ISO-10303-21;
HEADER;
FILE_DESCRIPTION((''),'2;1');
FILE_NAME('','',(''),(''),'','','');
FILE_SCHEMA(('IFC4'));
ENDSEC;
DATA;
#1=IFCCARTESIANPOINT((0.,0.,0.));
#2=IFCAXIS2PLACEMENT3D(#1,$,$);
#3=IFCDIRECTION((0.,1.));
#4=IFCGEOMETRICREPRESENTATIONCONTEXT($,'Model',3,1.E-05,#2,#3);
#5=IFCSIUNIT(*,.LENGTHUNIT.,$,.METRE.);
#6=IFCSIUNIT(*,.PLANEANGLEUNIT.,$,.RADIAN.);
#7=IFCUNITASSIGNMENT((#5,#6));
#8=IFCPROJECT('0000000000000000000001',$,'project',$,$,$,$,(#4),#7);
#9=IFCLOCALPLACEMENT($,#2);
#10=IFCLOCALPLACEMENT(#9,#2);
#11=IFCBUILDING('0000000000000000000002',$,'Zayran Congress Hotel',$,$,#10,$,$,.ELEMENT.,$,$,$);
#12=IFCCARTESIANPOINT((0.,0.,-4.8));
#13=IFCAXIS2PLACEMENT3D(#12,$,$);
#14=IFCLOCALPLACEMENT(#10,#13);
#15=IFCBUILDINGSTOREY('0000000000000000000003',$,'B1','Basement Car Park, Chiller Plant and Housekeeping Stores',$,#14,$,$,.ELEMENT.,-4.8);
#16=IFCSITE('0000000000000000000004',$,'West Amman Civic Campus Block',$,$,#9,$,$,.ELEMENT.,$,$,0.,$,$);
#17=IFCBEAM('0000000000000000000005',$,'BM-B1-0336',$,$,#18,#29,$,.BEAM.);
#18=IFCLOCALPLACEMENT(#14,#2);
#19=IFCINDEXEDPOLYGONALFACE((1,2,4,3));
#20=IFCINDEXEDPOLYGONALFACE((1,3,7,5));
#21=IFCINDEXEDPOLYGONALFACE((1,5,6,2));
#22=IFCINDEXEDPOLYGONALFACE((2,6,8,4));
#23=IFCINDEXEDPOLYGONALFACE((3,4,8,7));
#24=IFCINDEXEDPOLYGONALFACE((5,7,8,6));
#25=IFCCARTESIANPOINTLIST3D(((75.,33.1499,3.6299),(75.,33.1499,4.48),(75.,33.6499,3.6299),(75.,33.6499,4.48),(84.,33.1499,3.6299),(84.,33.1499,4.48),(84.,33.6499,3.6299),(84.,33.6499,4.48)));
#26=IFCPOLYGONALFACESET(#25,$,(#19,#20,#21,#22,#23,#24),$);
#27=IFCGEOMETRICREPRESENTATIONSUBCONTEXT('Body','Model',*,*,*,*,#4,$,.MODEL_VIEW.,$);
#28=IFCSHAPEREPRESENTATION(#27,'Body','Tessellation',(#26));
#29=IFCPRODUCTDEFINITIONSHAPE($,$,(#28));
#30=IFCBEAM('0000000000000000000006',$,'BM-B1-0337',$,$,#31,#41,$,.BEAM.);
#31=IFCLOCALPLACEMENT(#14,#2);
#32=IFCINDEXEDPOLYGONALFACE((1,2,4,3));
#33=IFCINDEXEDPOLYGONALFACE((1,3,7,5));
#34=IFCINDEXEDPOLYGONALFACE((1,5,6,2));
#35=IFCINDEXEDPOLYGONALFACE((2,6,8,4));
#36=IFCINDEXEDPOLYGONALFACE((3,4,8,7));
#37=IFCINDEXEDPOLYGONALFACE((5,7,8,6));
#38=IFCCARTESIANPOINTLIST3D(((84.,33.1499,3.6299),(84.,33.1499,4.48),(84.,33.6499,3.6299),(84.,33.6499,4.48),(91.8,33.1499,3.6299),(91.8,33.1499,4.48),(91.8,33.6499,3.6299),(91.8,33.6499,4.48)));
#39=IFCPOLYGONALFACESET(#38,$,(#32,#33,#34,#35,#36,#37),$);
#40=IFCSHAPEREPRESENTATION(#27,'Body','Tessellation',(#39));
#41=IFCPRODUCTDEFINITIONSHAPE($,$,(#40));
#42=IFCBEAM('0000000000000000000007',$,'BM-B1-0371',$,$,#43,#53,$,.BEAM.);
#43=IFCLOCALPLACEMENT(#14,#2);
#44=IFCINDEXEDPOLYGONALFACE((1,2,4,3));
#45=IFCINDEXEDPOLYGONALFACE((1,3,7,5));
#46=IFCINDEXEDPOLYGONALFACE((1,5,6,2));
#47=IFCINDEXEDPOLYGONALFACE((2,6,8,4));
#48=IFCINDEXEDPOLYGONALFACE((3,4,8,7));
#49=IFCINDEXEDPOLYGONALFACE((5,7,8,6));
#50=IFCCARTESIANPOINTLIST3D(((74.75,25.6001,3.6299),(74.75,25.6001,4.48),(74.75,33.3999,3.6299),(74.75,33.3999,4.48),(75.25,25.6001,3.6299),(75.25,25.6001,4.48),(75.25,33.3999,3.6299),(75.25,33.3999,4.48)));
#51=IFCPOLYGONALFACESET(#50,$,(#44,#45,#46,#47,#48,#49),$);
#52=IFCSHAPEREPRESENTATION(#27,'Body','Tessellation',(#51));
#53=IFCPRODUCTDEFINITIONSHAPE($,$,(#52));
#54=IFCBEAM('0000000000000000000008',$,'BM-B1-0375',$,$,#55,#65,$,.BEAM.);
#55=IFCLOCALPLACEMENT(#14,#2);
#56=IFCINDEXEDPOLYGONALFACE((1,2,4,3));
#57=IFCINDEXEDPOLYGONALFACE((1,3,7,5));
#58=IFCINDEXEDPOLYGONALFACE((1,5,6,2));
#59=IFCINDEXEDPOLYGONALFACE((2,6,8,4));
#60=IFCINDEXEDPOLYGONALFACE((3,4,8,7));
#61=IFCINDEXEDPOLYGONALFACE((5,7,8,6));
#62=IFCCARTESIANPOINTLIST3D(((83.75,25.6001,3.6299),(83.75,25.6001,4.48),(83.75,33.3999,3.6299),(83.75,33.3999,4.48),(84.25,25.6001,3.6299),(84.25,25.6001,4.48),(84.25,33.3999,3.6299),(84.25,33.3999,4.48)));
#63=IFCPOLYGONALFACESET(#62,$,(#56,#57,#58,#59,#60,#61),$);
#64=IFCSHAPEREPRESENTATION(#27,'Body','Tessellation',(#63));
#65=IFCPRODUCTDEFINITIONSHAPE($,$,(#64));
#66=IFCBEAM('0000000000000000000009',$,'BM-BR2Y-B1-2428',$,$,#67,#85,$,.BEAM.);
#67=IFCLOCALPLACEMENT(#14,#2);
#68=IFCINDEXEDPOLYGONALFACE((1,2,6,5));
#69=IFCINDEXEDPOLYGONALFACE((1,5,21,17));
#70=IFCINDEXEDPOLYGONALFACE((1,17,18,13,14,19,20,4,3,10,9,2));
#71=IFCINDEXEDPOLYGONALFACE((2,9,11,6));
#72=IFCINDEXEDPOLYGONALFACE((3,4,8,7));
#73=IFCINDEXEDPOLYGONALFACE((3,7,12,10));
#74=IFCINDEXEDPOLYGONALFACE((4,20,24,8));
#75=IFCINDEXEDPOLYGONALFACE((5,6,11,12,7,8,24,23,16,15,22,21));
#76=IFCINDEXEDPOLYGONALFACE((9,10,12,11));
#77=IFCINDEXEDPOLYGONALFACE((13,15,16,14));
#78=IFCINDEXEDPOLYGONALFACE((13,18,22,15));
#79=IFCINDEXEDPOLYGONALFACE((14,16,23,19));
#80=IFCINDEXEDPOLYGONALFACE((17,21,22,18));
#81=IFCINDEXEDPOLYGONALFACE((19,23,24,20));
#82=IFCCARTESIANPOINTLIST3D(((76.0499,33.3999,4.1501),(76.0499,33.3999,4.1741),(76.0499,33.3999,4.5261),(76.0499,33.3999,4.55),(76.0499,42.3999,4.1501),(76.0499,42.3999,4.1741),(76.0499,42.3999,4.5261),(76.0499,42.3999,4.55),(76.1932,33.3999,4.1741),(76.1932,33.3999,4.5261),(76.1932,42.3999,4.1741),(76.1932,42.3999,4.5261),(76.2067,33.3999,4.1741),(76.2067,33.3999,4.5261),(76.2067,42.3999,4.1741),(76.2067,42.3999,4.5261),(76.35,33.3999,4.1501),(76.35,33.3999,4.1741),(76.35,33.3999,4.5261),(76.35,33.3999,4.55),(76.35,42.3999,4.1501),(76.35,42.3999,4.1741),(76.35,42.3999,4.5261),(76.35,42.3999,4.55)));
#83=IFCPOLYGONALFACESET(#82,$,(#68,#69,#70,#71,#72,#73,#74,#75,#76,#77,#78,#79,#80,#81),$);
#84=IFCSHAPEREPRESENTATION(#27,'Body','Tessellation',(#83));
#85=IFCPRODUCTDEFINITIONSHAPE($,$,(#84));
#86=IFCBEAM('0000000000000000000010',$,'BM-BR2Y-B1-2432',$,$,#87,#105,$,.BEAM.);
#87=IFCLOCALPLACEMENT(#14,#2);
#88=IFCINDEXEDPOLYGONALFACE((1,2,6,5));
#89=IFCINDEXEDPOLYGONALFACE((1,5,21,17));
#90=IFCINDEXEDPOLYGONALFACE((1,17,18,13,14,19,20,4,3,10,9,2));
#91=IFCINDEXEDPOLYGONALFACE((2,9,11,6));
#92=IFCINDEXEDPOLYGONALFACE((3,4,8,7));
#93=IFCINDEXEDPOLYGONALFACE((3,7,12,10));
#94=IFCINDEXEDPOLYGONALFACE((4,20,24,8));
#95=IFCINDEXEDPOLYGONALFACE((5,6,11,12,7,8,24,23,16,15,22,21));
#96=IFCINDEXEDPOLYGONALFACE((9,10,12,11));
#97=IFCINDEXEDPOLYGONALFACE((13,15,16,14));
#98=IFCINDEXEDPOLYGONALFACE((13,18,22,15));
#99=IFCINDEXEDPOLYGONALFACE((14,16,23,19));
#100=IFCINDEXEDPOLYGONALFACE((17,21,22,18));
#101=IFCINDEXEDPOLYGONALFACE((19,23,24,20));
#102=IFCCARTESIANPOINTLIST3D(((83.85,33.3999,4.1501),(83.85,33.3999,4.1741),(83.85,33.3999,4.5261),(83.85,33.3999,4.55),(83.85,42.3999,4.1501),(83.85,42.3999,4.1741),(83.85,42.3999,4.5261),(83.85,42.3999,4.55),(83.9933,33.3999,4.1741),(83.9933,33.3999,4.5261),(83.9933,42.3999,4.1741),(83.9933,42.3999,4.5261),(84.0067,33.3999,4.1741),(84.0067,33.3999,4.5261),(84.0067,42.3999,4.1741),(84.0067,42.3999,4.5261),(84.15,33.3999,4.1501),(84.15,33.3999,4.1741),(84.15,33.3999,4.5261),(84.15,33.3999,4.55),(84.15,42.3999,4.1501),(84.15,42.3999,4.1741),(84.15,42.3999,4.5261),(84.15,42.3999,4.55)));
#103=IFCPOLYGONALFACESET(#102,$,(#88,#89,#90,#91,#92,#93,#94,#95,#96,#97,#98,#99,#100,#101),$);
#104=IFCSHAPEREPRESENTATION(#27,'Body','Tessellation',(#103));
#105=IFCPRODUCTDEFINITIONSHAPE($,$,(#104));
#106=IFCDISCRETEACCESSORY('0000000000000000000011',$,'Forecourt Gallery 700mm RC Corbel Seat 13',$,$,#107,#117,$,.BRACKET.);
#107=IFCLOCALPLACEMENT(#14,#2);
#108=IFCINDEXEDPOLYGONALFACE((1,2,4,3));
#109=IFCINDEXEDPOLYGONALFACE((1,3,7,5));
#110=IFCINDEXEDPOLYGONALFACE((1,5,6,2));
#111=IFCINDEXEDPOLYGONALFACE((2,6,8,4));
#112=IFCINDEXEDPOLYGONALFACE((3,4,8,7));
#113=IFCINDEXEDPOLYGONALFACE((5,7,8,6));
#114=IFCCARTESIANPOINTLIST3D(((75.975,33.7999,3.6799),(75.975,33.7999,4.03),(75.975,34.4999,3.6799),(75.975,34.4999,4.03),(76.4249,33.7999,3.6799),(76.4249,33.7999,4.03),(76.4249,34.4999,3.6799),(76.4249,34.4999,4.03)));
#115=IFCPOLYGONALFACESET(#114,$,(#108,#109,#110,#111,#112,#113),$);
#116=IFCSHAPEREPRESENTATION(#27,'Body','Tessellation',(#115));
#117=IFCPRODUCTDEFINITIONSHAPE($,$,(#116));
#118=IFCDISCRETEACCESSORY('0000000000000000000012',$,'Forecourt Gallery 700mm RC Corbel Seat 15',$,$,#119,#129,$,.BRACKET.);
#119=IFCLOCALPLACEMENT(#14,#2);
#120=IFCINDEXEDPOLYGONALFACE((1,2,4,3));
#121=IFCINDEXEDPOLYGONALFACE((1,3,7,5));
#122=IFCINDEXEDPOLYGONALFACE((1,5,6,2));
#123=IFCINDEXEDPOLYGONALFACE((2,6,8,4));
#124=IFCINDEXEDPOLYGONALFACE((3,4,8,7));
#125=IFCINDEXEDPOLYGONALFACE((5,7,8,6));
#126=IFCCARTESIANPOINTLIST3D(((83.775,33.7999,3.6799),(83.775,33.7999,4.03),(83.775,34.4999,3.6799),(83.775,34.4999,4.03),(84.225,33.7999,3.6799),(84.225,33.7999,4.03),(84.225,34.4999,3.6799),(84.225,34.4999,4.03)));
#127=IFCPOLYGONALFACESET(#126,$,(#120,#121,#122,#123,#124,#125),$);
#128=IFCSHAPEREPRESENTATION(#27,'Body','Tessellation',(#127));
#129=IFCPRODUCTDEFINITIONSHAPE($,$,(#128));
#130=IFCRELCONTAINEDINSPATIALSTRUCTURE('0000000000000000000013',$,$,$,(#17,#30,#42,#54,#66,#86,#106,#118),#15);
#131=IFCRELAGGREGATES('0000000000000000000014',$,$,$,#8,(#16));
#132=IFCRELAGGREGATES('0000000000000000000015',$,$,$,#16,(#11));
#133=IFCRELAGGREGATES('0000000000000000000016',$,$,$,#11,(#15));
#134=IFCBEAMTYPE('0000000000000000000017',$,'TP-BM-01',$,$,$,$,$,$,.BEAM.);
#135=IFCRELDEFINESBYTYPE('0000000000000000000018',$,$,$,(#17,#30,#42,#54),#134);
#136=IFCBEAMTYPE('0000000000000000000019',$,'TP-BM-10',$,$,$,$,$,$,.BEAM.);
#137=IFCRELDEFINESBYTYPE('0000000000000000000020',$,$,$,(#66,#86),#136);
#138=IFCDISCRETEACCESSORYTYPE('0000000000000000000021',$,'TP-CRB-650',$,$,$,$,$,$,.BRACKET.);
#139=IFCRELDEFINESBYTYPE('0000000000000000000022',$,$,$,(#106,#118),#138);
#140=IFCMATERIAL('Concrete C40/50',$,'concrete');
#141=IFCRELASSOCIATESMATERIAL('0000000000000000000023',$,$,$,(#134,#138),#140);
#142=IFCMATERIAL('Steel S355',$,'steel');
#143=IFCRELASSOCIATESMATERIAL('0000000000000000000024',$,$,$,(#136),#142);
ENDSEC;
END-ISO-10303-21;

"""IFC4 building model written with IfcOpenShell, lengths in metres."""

from ifc_helpers import new_model, si_unit, direction, frame, origin, origin_2d, place, context, subcontext, project, spatial, rectangle, i_section, extrude, material, material_profile, profile_set, type_object, element, save


model = new_model("IFC4")

# Units and contexts
model_context = context("Model", 3, precision=1e-05, world=origin(), true_north=direction((0.0, 1.0)))
body_context = subcontext(model_context, "Body", "Model", "MODEL_VIEW")
ifc_project = project(units=[si_unit("LENGTHUNIT", "METRE"), si_unit("PLANEANGLEUNIT", "RADIAN")], contexts=[model_context])

# Site, building, storey
site_placement = place(None, origin())
site = spatial("IfcSite", under=ifc_project, at=site_placement, Name="West Amman Civic Campus Block", CompositionType="ELEMENT", RefElevation=0.0)
building_placement = place(site_placement, origin())
building = spatial("IfcBuilding", under=site, at=building_placement, Name="Zayran Congress Hotel", CompositionType="ELEMENT")
storey_placement = place(building_placement, frame((0.0, 0.0, -4.8)))
storey = spatial("IfcBuildingStorey", under=building, at=storey_placement, Name="B1", Description="Basement Car Park, Chiller Plant and Housekeeping Stores", CompositionType="ELEMENT", Elevation=-4.8)

# Shared definitions
ifc_material_1 = material(Name="Concrete C40/50", Category="concrete")

# Beams
ifc_material_profile_1 = material_profile(ifc_material_1, rectangle(XDim=0.5, YDim=0.8501, at=origin_2d()), Name="RC 500x850")
ifc_profile_set_1 = profile_set([ifc_material_profile_1], Name="Concrete C40/50")
beam_type_1 = type_object("IfcBeamType", Name="TP-BM-01", PredefinedType="BEAM", material=ifc_profile_set_1)
beam_1_placement = place(storey_placement, frame((75.0, 33.3999, 4.0549), z_axis=(1.0, 0.0, 0.0), x_axis=(0.0, 1.0, 0.0)))
element("IfcBeam", 1, at=beam_1_placement, inside=storey, type_object=beam_type_1, Name="BM-B1-0336", PredefinedType="BEAM", context=body_context, shape_type="SweptSolid", body=[
    extrude(rectangle(XDim=0.5, YDim=0.8501, at=origin_2d()), origin(), (0.0, 0.0, 1.0), 9.0),
])
beam_2_placement = place(storey_placement, frame((84.0, 33.3999, 4.0549), z_axis=(1.0, 0.0, 0.0), x_axis=(0.0, 1.0, 0.0)))
element("IfcBeam", 2, at=beam_2_placement, inside=storey, type_object=beam_type_1, Name="BM-B1-0337", PredefinedType="BEAM", context=body_context, shape_type="SweptSolid", body=[
    extrude(rectangle(XDim=0.5, YDim=0.8501, at=origin_2d()), origin(), (0.0, 0.0, 1.0), 7.8),
])
for number, where, z_axis, x_axis, name in (
    (3, (75.0, 25.6001, 4.0549), (0.0, 1.0, 0.0), (-1.0, 0.0, 0.0), "BM-B1-0371"),
    (4, (84.0, 25.6001, 4.0549), (0.0, 1.0, 0.0), (-1.0, 0.0, 0.0), "BM-B1-0375"),
):
    element("IfcBeam", number, at=place(storey_placement, frame(where, z_axis=z_axis, x_axis=x_axis)), inside=storey, type_object=beam_type_1, Name=name, PredefinedType="BEAM", context=body_context, shape_type="SweptSolid", body=[
        extrude(rectangle(XDim=0.5, YDim=0.8501, at=origin_2d()), origin(), (0.0, 0.0, 1.0), 7.7998),
    ])
ifc_material_2 = material(Name="Steel S355", Category="steel")
ifc_material_profile_2 = material_profile(ifc_material_2, i_section(OverallWidth=0.3, OverallDepth=0.3999, WebThickness=0.0134, FlangeThickness=0.0239, at=origin_2d()), Name="HEB 400")
ifc_profile_set_2 = profile_set([ifc_material_profile_2], Name="Steel S355")
beam_type_2 = type_object("IfcBeamType", Name="TP-BM-10", PredefinedType="BEAM", material=ifc_profile_set_2)
for number, where, z_axis, x_axis, name in (
    (5, (76.2, 33.3999, 4.3501), (0.0, 1.0, 0.0), (-1.0, 0.0, 0.0), "BM-BR2Y-B1-2428"),
    (6, (84.0, 33.3999, 4.3501), (0.0, 1.0, 0.0), (-1.0, 0.0, 0.0), "BM-BR2Y-B1-2432"),
):
    element("IfcBeam", number, at=place(storey_placement, frame(where, z_axis=z_axis, x_axis=x_axis)), inside=storey, type_object=beam_type_2, Name=name, PredefinedType="BEAM", context=body_context, shape_type="SweptSolid", body=[
        extrude(i_section(OverallWidth=0.3, OverallDepth=0.3999, WebThickness=0.0134, FlangeThickness=0.0239, at=origin_2d()), origin(), (0.0, 0.0, 1.0), 9.0),
    ])

# Discrete accessories
discrete_accessory_type = type_object("IfcDiscreteAccessoryType", Name="TP-CRB-650", PredefinedType="BRACKET", material=ifc_material_1)
for number, where, z_axis, x_axis, name in (
    (7, (76.2, 34.1499, 3.6799), (0.0, 0.0, 1.0), (0.0, 1.0, 0.0), "Forecourt Gallery 700mm RC Corbel Seat 13"),
    (8, (84.0, 34.1499, 3.6799), (0.0, 0.0, 1.0), (0.0, 1.0, 0.0), "Forecourt Gallery 700mm RC Corbel Seat 15"),
):
    element("IfcDiscreteAccessory", number, at=place(storey_placement, frame(where, z_axis=z_axis, x_axis=x_axis)), inside=storey, type_object=discrete_accessory_type, Name=name, PredefinedType="BRACKET", context=body_context, shape_type="SweptSolid", body=[
        extrude(rectangle(XDim=0.7, YDim=0.45, at=origin_2d()), origin(), (0.0, 0.0, 1.0), 0.3501),
    ])

save(model, "model.ifc")
